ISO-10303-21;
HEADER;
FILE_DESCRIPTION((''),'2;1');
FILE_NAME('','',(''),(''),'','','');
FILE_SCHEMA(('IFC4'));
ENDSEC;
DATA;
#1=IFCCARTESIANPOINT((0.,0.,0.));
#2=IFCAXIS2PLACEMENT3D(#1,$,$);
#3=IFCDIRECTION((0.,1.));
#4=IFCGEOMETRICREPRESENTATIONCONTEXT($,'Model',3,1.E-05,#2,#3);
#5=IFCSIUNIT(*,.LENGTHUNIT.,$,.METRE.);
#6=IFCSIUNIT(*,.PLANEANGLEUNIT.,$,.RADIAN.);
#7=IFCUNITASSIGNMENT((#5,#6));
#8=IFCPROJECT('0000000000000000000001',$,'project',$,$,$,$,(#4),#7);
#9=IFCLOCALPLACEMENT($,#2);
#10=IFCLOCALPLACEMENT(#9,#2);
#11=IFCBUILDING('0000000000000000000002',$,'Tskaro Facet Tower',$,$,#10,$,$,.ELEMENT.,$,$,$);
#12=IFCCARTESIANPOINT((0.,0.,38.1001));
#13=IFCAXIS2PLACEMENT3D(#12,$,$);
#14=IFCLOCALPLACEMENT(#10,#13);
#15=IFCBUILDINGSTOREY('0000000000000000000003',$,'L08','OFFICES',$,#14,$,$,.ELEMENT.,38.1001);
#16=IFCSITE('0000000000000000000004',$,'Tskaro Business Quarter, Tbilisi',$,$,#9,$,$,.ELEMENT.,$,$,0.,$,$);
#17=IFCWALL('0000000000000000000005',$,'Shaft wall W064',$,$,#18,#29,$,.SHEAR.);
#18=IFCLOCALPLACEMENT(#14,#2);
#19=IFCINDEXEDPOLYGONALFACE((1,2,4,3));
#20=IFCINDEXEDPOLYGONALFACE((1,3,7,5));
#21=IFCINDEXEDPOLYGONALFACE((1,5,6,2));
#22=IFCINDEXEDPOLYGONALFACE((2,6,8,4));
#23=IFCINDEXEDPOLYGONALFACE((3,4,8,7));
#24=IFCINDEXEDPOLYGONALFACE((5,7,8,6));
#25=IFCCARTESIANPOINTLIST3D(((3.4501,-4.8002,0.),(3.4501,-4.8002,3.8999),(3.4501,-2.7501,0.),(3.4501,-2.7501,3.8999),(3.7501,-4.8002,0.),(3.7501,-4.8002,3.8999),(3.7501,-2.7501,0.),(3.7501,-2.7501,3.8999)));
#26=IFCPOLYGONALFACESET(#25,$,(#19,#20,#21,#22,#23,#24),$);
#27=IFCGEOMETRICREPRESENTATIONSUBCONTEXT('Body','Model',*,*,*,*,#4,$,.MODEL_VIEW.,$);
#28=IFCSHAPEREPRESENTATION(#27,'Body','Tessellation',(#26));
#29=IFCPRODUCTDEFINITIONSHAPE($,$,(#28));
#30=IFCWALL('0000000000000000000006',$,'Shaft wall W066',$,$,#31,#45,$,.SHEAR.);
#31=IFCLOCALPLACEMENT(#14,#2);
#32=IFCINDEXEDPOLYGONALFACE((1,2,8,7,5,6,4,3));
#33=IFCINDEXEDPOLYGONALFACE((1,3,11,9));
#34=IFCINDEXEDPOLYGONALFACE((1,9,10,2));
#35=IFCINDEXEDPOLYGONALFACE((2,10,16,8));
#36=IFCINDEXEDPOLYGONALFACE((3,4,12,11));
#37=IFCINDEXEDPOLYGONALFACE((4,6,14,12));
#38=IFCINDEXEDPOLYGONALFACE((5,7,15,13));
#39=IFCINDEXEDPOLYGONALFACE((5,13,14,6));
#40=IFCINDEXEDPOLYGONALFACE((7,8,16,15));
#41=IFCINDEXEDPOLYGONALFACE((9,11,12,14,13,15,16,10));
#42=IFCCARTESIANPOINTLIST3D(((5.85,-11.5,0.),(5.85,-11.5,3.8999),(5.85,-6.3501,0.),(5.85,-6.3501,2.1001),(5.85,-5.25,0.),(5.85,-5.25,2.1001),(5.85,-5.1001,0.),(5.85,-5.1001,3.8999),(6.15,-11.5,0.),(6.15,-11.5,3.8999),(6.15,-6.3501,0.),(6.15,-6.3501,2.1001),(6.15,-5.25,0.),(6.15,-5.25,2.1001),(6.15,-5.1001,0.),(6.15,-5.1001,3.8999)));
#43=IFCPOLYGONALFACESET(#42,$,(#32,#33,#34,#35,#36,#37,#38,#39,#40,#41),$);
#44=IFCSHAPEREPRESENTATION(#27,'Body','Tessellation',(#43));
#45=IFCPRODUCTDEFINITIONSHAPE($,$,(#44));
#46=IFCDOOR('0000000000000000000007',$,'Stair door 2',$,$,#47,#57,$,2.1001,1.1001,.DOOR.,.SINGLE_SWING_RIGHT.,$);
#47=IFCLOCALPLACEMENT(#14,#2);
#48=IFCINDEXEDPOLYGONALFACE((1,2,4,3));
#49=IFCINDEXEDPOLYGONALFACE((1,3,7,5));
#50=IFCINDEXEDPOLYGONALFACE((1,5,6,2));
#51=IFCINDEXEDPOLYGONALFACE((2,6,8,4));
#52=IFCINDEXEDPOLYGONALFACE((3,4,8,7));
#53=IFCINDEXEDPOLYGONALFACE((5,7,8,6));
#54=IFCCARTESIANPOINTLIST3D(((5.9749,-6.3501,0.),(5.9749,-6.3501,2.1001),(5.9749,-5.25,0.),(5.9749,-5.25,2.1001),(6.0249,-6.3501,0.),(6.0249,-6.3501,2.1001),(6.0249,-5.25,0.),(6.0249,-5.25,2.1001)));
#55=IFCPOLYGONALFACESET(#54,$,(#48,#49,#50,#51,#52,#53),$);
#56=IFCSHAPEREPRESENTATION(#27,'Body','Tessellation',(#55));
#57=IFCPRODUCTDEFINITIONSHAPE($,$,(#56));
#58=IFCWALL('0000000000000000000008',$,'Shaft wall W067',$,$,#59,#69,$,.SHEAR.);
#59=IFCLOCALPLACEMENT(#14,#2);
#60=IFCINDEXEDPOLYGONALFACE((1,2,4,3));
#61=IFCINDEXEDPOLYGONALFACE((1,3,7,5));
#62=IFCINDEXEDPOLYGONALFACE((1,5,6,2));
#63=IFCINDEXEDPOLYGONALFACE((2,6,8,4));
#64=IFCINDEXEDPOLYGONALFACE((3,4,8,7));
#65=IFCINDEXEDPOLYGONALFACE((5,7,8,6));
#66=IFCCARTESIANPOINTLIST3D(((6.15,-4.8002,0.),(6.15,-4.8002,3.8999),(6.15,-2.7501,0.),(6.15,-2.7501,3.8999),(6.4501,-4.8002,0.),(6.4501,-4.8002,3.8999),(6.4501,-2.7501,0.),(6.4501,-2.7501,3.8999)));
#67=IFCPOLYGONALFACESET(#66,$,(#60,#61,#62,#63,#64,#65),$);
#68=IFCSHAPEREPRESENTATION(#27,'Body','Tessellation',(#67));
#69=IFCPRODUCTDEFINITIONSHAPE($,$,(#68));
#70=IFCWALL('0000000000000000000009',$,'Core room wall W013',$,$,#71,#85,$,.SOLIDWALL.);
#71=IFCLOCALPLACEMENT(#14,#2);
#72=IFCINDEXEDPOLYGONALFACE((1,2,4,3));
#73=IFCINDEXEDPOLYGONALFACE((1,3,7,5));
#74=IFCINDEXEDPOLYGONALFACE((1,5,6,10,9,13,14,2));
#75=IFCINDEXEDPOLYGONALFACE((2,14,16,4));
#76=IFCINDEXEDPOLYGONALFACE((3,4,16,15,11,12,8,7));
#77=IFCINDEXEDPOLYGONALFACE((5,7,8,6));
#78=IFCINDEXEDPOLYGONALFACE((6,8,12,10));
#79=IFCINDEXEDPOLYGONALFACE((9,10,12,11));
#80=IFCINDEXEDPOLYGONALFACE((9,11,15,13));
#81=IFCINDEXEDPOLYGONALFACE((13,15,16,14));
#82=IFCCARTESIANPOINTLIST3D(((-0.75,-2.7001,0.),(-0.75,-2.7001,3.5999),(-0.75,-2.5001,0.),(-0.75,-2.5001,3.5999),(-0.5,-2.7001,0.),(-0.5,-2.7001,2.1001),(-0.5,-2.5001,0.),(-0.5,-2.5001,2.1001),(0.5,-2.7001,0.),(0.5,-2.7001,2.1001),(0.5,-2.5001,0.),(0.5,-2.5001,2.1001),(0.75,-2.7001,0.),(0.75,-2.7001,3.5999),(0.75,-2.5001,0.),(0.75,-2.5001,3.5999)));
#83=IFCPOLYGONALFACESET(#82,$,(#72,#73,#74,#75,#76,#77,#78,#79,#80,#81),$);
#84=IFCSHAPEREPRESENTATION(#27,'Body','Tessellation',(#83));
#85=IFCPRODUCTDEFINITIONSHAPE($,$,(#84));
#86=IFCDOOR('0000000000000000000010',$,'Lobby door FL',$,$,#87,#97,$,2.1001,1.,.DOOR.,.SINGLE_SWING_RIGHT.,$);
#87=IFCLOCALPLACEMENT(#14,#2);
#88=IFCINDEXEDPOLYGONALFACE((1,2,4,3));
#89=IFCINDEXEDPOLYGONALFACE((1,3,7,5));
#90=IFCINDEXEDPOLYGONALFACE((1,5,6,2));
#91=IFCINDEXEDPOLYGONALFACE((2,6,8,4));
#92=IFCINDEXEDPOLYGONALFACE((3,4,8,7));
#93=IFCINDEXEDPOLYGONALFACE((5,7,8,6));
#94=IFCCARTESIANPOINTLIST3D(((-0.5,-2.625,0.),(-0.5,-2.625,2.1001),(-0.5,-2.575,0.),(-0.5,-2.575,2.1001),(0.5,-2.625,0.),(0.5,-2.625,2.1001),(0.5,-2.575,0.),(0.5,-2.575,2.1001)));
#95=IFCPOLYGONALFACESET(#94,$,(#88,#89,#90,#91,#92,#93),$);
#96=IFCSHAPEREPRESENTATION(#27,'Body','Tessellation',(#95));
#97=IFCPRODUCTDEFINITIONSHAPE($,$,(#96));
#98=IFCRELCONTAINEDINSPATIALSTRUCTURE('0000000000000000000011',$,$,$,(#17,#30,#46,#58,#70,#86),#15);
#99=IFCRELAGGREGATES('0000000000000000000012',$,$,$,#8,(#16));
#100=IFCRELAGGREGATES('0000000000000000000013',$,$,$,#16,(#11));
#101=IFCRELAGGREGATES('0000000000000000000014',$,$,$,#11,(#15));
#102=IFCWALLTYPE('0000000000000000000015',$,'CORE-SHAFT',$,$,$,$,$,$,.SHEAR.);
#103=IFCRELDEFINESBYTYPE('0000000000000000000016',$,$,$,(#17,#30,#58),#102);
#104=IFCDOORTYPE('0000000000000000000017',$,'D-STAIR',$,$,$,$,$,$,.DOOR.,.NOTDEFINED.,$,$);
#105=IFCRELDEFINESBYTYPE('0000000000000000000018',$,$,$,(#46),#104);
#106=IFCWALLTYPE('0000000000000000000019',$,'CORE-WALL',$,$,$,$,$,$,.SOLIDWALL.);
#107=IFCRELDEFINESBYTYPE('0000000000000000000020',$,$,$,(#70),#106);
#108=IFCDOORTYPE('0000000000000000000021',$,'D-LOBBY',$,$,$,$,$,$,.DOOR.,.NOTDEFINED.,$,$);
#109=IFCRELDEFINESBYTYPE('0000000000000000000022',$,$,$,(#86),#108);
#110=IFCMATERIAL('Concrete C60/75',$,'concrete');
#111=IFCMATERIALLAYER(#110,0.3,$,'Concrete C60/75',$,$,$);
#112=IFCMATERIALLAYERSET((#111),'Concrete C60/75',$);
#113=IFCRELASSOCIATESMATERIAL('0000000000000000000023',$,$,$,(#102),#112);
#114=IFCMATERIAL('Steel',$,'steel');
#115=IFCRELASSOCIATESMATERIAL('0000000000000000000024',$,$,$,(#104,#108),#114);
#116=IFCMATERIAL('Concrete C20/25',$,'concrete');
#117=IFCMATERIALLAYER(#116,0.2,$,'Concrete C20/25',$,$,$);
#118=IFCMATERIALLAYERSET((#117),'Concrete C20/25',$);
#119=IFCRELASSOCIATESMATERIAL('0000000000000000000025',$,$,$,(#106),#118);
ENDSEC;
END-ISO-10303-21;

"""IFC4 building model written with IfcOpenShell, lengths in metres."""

from ifc_helpers import new_model, si_unit, direction, frame, frame_2d, origin, place, context, subcontext, project, spatial, rectangle, extrude, material, layer, layer_set, type_object, element, fill, save


model = new_model("IFC4")

# Units and contexts
model_context = context("Model", 3, precision=1e-05, world=origin(), true_north=direction((0.0, 1.0)))
body_context = subcontext(model_context, "Body", "Model", "MODEL_VIEW")
ifc_project = project(units=[si_unit("LENGTHUNIT", "METRE"), si_unit("PLANEANGLEUNIT", "RADIAN")], contexts=[model_context])

# Site, building, storey
site_placement = place(None, origin())
site = spatial("IfcSite", under=ifc_project, at=site_placement, Name="Tskaro Business Quarter, Tbilisi", CompositionType="ELEMENT", RefElevation=0.0)
building_placement = place(site_placement, origin())
building = spatial("IfcBuilding", under=site, at=building_placement, Name="Tskaro Facet Tower", CompositionType="ELEMENT")
storey_placement = place(building_placement, frame((0.0, 0.0, 38.1001)))
storey = spatial("IfcBuildingStorey", under=building, at=storey_placement, Name="L08", Description="OFFICES", CompositionType="ELEMENT", Elevation=38.1001)

# Shared definitions
ifc_material_1 = material(Name="Concrete C60/75", Category="concrete")
ifc_layer_1 = layer(ifc_material_1, 0.3, Name="Concrete C60/75")
ifc_layer_set_1 = layer_set([ifc_layer_1], Name="Concrete C60/75")
wall_type_1 = type_object("IfcWallType", Name="CORE-SHAFT", PredefinedType="SHEAR", material=ifc_layer_set_1)

# Wall
wall_1_placement = place(storey_placement, frame((3.6001, -4.8, 0.0), z_axis=(0.0, 0.0, 1.0), x_axis=(0.0, 1.0, 0.0)))
element("IfcWall", 1, at=wall_1_placement, inside=storey, type_object=wall_type_1, Name="Shaft wall W064", PredefinedType="SHEAR", context=body_context, shape_type="SweptSolid", body=[
    extrude(rectangle(XDim=2.05, YDim=0.3, at=frame_2d((1.0249, 0.0))), origin(), (0.0, 0.0, 1.0), 3.8999),
])

# Wall, opening, door
wall_2_placement = place(storey_placement, frame((6.0, -5.1001, 0.0), z_axis=(0.0, 0.0, 1.0), x_axis=(0.0, -1.0, 0.0)))
wall_2 = element("IfcWall", 2, at=wall_2_placement, inside=storey, type_object=wall_type_1, Name="Shaft wall W066", PredefinedType="SHEAR", context=body_context, shape_type="SweptSolid", body=[
    extrude(rectangle(XDim=6.3999, YDim=0.3, at=frame_2d((3.2, 0.0))), origin(), (0.0, 0.0, 1.0), 3.8999),
])
opening_1_placement = place(wall_2_placement, frame((0.1499, 0.0, 0.0)))
opening_1 = element("IfcOpeningElement", 3, at=opening_1_placement, cuts=wall_2, PredefinedType="OPENING", context=body_context, shape_type="SweptSolid", body=[
    extrude(rectangle(XDim=1.1001, YDim=2.1001, at=frame_2d((0.55, 1.05))), frame((0.0, 0.1599, 0.0), z_axis=(0.0, -1.0, 0.0), x_axis=(1.0, 0.0, 0.0)), (0.0, 0.0, 1.0), 0.3201),
])
ifc_material_2 = material(Name="Steel", Category="steel")
door_type_1 = type_object("IfcDoorType", Name="D-STAIR", OperationType="NOTDEFINED", PredefinedType="DOOR", material=ifc_material_2)
door_1_placement = place(opening_1_placement, origin())
door_1 = element("IfcDoor", 4, at=door_1_placement, inside=storey, type_object=door_type_1, Name="Stair door 2", OperationType="SINGLE_SWING_RIGHT", OverallHeight=2.1001, OverallWidth=1.1001, PredefinedType="DOOR", context=body_context, shape_type="SweptSolid", body=[
    extrude(rectangle(XDim=1.1001, YDim=2.1001, at=frame_2d((0.55, 1.05))), frame((0.0, 0.0249, 0.0), z_axis=(0.0, -1.0, 0.0), x_axis=(1.0, 0.0, 0.0)), (0.0, 0.0, 1.0), 0.05),
])
fill(opening_1, door_1)

# Wall
wall_3_placement = place(storey_placement, frame((6.3, -4.8, 0.0), z_axis=(0.0, 0.0, 1.0), x_axis=(0.0, 1.0, 0.0)))
element("IfcWall", 5, at=wall_3_placement, inside=storey, type_object=wall_type_1, Name="Shaft wall W067", PredefinedType="SHEAR", context=body_context, shape_type="SweptSolid", body=[
    extrude(rectangle(XDim=2.05, YDim=0.3, at=frame_2d((1.0249, 0.0))), origin(), (0.0, 0.0, 1.0), 3.8999),
])

# Wall, opening, door
ifc_material_3 = material(Name="Concrete C20/25", Category="concrete")
ifc_layer_2 = layer(ifc_material_3, 0.2, Name="Concrete C20/25")
ifc_layer_set_2 = layer_set([ifc_layer_2], Name="Concrete C20/25")
wall_type_2 = type_object("IfcWallType", Name="CORE-WALL", PredefinedType="SOLIDWALL", material=ifc_layer_set_2)
wall_4_placement = place(storey_placement, frame((0.75, -2.6001, 0.0), z_axis=(0.0, 0.0, 1.0), x_axis=(-1.0, 0.0, 0.0)))
wall_4 = element("IfcWall", 6, at=wall_4_placement, inside=storey, type_object=wall_type_2, Name="Core room wall W013", PredefinedType="SOLIDWALL", context=body_context, shape_type="SweptSolid", body=[
    extrude(rectangle(XDim=1.5, YDim=0.2, at=frame_2d((0.75, 0.0))), origin(), (0.0, 0.0, 1.0), 3.5999),
])
opening_2_placement = place(wall_4_placement, frame((0.25, 0.0, 0.0)))
opening_2 = element("IfcOpeningElement", 7, at=opening_2_placement, cuts=wall_4, PredefinedType="OPENING", context=body_context, shape_type="SweptSolid", body=[
    extrude(rectangle(XDim=1.0, YDim=2.1001, at=frame_2d((0.5, 1.05))), frame((0.0, 0.1099, 0.0), z_axis=(0.0, -1.0, 0.0), x_axis=(1.0, 0.0, 0.0)), (0.0, 0.0, 1.0), 0.22),
])
door_type_2 = type_object("IfcDoorType", Name="D-LOBBY", OperationType="NOTDEFINED", PredefinedType="DOOR", material=ifc_material_2)
door_2_placement = place(opening_2_placement, origin())
door_2 = element("IfcDoor", 8, at=door_2_placement, inside=storey, type_object=door_type_2, Name="Lobby door FL", OperationType="SINGLE_SWING_RIGHT", OverallHeight=2.1001, OverallWidth=1.0, PredefinedType="DOOR", context=body_context, shape_type="SweptSolid", body=[
    extrude(rectangle(XDim=1.0, YDim=2.1001, at=frame_2d((0.5, 1.05))), frame((0.0, 0.0249, 0.0), z_axis=(0.0, -1.0, 0.0), x_axis=(1.0, 0.0, 0.0)), (0.0, 0.0, 1.0), 0.05),
])
fill(opening_2, door_2)

save(model, "model.ifc")
